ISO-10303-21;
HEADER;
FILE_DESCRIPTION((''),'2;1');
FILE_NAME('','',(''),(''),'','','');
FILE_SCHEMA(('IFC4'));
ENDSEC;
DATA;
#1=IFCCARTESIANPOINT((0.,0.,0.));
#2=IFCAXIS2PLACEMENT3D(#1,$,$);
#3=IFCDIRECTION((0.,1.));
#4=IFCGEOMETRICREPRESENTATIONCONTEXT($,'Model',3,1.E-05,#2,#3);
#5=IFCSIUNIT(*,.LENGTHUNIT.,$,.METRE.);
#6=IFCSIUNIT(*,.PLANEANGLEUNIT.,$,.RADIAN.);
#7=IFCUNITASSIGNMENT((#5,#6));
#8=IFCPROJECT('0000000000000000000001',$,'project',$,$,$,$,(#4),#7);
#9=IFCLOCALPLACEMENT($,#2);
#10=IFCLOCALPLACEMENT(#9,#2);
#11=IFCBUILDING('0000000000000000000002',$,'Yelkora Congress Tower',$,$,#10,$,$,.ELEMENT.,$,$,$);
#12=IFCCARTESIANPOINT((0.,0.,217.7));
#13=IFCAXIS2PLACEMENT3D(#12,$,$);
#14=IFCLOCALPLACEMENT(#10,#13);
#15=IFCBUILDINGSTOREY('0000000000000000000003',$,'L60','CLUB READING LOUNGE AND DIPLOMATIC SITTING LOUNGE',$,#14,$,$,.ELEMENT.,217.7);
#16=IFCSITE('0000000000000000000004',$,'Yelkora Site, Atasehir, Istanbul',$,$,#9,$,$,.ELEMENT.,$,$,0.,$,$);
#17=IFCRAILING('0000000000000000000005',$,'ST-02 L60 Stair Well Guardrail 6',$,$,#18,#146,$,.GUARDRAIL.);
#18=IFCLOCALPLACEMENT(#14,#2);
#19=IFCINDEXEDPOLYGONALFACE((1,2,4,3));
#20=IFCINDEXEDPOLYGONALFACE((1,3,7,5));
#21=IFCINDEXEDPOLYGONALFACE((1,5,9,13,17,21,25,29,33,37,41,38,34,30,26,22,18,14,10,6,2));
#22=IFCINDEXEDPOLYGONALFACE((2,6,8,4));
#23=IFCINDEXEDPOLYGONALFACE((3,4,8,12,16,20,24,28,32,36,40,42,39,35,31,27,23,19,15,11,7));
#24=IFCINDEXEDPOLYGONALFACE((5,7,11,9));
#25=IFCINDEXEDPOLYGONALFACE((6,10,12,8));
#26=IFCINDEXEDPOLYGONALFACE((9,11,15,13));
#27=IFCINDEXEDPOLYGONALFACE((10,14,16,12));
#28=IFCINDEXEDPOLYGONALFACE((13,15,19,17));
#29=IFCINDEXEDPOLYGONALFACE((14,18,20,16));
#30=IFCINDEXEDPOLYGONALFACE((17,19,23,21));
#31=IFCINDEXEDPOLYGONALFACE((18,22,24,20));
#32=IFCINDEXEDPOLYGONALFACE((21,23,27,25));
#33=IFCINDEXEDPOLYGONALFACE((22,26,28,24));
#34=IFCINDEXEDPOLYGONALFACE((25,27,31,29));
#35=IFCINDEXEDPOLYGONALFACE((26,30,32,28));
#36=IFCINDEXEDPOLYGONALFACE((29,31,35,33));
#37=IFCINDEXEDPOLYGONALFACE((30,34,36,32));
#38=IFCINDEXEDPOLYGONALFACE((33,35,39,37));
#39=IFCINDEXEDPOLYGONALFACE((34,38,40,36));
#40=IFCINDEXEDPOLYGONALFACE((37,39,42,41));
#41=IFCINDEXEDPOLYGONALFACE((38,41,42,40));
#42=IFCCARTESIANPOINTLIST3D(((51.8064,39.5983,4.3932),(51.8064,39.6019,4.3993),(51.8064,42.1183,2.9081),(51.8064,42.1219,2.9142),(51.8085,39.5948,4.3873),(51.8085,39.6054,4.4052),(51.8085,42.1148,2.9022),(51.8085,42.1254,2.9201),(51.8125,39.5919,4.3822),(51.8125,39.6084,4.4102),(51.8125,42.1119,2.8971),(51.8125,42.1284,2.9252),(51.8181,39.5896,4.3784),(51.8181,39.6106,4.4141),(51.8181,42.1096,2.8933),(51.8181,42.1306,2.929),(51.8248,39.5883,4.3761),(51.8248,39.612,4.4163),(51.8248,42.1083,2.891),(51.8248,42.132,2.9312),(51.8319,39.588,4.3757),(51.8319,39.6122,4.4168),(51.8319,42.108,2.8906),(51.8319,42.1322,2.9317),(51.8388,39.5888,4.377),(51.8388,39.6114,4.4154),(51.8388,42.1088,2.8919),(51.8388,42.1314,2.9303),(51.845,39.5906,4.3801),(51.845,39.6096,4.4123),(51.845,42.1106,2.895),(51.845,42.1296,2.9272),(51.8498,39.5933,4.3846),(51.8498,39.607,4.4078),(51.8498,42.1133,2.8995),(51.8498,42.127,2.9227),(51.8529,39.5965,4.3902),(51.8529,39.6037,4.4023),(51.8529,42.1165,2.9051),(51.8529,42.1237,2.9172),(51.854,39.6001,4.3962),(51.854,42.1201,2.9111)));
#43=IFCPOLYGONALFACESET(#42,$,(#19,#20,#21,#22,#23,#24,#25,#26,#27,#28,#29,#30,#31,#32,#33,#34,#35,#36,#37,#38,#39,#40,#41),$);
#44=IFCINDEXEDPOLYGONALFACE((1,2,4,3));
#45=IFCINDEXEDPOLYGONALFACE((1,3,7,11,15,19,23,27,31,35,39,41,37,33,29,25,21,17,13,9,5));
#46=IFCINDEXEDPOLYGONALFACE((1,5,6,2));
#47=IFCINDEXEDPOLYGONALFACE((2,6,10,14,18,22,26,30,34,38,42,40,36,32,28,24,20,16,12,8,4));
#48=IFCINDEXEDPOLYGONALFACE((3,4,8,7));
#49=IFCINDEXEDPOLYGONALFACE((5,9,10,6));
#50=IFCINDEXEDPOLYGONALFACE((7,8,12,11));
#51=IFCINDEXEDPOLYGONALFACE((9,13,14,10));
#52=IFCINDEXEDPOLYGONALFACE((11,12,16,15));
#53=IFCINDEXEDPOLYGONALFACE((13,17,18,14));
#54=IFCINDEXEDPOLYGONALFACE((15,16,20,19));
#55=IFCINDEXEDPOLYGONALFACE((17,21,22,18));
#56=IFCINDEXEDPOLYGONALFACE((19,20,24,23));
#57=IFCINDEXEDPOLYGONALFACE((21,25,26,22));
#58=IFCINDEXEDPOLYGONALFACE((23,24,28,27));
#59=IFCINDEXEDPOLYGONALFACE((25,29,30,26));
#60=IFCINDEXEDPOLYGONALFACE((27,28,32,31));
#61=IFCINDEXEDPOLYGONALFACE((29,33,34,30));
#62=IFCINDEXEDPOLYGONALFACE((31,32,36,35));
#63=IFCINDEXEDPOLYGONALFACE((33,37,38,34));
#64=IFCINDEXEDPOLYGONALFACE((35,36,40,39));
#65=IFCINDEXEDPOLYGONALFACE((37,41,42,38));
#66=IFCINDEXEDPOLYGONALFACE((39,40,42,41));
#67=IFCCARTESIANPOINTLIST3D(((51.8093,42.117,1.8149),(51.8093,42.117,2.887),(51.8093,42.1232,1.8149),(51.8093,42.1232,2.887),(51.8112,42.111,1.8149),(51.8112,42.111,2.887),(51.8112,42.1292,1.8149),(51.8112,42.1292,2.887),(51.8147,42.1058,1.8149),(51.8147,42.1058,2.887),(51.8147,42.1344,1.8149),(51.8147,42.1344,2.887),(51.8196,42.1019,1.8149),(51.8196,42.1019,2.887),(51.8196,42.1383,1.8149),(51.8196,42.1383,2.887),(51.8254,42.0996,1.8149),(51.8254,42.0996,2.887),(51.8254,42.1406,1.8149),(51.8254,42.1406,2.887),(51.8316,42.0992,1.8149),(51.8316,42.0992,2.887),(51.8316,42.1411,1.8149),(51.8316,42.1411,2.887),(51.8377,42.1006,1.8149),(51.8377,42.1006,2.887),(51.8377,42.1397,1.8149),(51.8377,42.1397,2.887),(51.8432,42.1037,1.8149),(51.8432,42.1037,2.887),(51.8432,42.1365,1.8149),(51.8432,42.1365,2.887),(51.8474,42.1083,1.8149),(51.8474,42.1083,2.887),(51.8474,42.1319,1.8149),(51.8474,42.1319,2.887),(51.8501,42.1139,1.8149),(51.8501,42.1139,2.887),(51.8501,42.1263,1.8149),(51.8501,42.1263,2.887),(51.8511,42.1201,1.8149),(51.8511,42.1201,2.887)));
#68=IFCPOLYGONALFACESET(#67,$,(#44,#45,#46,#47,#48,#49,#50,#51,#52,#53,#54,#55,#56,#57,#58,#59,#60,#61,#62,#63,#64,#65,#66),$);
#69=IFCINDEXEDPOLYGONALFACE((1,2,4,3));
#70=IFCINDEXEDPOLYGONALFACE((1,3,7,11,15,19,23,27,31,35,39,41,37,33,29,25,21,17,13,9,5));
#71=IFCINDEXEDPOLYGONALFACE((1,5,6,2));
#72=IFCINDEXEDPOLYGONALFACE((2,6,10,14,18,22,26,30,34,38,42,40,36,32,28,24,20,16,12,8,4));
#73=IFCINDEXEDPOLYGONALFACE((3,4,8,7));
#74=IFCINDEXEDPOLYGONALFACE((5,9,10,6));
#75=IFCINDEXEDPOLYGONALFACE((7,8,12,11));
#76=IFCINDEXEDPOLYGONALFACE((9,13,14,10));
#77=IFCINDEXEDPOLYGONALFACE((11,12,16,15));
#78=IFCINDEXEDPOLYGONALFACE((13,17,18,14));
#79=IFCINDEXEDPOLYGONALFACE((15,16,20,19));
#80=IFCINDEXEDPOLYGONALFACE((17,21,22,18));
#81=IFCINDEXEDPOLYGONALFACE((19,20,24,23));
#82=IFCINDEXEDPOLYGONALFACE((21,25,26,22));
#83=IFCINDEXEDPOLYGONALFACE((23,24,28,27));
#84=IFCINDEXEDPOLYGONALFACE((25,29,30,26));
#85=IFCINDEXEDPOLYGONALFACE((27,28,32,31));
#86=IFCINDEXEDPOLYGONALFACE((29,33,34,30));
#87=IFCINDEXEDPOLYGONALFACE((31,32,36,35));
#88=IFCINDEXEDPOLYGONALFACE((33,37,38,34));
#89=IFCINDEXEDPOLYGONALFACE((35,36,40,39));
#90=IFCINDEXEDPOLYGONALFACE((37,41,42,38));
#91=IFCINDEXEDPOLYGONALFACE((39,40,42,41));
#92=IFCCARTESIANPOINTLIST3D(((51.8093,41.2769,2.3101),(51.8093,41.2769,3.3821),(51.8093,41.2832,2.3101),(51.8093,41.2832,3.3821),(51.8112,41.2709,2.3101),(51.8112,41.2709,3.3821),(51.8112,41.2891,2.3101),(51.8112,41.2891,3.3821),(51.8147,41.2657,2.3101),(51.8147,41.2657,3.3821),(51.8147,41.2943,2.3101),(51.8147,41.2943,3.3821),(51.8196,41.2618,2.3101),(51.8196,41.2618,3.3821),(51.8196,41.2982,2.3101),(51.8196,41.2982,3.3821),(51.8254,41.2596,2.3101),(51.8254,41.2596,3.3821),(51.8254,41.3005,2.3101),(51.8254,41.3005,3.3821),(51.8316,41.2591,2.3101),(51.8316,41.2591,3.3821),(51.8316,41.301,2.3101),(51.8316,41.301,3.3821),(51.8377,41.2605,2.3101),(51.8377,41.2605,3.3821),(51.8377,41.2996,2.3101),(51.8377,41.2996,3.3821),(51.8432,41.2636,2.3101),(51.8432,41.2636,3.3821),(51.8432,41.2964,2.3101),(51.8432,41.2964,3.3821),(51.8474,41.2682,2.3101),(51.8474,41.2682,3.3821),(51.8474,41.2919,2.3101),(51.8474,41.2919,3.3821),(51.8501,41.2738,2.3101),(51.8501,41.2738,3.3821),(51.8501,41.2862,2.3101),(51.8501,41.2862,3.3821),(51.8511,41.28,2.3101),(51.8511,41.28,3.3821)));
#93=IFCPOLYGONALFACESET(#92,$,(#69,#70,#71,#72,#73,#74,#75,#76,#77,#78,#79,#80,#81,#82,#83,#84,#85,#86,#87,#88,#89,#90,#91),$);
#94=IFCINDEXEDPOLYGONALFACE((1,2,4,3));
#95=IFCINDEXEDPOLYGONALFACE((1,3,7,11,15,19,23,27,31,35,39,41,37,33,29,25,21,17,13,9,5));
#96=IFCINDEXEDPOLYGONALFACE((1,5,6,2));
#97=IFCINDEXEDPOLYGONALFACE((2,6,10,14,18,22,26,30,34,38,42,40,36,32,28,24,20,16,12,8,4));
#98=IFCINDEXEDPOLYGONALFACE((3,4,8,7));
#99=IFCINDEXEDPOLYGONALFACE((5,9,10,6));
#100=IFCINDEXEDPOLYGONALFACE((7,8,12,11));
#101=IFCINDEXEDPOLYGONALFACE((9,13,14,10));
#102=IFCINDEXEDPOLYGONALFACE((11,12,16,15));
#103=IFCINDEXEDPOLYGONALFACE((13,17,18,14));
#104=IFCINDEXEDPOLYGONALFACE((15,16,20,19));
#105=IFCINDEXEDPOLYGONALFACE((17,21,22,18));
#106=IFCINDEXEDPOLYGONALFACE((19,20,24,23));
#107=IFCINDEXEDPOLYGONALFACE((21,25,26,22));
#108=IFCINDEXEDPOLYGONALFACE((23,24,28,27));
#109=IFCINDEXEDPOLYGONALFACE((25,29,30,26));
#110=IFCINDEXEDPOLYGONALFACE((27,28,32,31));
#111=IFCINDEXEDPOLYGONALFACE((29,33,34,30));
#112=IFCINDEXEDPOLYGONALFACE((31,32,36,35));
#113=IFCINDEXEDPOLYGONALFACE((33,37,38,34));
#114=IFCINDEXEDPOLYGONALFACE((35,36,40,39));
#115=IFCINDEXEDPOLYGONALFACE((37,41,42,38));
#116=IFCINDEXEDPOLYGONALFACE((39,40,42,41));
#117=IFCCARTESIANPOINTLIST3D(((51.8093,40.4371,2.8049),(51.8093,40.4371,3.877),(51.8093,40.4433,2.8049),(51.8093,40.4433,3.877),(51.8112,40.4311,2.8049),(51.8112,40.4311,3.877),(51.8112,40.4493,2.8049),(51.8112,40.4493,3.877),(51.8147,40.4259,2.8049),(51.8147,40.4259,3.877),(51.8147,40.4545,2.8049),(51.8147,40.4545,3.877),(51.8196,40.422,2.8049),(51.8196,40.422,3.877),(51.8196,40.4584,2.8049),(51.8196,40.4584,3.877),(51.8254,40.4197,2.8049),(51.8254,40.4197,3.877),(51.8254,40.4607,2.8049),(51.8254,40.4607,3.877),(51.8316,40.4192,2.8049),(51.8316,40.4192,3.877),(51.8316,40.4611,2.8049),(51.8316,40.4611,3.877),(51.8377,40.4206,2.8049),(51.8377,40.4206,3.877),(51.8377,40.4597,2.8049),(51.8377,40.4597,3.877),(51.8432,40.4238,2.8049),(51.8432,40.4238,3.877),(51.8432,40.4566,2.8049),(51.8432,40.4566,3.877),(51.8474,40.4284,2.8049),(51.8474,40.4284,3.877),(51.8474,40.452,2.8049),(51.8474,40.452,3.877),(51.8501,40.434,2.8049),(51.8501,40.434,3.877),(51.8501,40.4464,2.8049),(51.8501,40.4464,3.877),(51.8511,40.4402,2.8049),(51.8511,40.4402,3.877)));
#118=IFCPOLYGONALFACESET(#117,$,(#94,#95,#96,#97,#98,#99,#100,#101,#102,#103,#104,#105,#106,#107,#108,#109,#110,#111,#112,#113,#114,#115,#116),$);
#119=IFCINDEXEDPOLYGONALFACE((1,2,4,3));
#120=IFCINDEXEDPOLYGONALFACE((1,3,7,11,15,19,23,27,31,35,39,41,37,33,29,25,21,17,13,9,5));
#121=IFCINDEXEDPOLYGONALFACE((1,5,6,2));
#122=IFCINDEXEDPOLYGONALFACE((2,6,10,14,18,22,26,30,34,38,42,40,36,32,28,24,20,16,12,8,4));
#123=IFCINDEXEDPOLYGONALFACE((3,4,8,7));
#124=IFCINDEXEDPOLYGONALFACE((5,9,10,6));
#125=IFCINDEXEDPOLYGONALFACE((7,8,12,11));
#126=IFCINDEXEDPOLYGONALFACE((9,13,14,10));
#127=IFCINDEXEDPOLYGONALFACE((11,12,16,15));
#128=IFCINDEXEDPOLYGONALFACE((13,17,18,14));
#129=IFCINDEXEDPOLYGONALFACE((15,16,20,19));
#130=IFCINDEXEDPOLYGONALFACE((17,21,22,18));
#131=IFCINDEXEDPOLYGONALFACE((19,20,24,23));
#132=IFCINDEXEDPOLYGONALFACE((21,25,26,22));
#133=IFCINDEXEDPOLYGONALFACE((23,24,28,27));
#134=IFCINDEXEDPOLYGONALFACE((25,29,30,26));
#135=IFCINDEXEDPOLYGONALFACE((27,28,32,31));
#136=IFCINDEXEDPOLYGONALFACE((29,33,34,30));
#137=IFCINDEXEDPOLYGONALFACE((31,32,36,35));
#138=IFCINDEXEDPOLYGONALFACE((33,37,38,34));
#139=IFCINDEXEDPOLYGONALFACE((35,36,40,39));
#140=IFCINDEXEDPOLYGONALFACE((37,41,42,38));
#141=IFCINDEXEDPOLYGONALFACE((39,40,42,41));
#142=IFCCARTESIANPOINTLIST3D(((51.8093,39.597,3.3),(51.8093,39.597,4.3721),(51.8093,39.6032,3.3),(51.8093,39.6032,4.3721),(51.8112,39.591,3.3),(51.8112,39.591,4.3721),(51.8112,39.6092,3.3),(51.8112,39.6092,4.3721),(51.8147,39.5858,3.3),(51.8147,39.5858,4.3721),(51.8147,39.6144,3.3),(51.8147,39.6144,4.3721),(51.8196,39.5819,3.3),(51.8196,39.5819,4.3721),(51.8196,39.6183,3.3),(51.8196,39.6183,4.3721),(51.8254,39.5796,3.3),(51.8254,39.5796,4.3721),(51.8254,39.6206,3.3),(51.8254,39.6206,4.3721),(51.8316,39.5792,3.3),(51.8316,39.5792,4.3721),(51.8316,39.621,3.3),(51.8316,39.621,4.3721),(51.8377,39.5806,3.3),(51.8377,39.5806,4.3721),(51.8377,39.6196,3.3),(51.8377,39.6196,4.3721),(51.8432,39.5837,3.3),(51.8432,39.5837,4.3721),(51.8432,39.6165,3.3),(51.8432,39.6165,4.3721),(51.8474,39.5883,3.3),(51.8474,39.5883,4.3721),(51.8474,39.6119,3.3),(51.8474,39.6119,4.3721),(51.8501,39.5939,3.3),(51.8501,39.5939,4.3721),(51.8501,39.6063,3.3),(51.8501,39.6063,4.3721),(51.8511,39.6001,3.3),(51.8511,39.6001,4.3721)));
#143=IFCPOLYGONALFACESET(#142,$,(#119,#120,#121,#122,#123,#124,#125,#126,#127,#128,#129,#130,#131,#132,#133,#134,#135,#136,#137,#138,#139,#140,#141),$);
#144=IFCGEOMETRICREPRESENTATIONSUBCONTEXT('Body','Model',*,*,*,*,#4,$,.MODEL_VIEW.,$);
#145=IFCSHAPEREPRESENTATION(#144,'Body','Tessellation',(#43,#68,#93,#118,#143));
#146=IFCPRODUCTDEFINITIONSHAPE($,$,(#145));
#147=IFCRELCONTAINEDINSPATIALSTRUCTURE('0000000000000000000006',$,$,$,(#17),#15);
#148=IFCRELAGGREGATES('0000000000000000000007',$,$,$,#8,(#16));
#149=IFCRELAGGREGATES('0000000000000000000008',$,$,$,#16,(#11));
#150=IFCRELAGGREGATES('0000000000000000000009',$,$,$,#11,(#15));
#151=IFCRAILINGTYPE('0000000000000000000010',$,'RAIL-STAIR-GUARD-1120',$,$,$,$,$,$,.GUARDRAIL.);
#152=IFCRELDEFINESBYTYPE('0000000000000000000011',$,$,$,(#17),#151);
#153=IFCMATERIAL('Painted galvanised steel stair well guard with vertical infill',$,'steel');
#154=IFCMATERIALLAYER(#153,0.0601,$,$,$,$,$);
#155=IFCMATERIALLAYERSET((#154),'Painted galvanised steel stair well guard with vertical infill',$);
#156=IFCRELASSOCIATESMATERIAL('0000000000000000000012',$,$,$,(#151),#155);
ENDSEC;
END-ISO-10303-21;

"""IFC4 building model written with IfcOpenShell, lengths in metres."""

from ifc_helpers import new_model, si_unit, direction, frame, origin, origin_2d, place, context, subcontext, project, spatial, circle, extrude, material, layer, layer_set, type_object, element, save


model = new_model("IFC4")

# Units and contexts
model_context = context("Model", 3, precision=1e-05, world=origin(), true_north=direction((0.0, 1.0)))
body_context = subcontext(model_context, "Body", "Model", "MODEL_VIEW")
ifc_project = project(units=[si_unit("LENGTHUNIT", "METRE"), si_unit("PLANEANGLEUNIT", "RADIAN")], contexts=[model_context])

# Site, building, storey
site_placement = place(None, origin())
site = spatial("IfcSite", under=ifc_project, at=site_placement, Name="Yelkora Site, Atasehir, Istanbul", CompositionType="ELEMENT", RefElevation=0.0)
building_placement = place(site_placement, origin())
building = spatial("IfcBuilding", under=site, at=building_placement, Name="Yelkora Congress Tower", CompositionType="ELEMENT")
storey_placement = place(building_placement, frame((0.0, 0.0, 217.7)))
storey = spatial("IfcBuildingStorey", under=building, at=storey_placement, Name="L60", Description="CLUB READING LOUNGE AND DIPLOMATIC SITTING LOUNGE", CompositionType="ELEMENT", Elevation=217.7)

# Railing
ifc_material_1 = material(Name="Painted galvanised steel stair well guard with vertical infill", Category="steel")
ifc_layer_1 = layer(ifc_material_1, 0.0601)
ifc_layer_set_1 = layer_set([ifc_layer_1], Name="Painted galvanised steel stair well guard with vertical infill")
railing_type_1 = type_object("IfcRailingType", Name="RAIL-STAIR-GUARD-1120", PredefinedType="GUARDRAIL", material=ifc_layer_set_1)
railing_1_placement = place(storey_placement, frame((51.8301, 42.1201, 1.8149)))
element("IfcRailing", 1, at=railing_1_placement, inside=storey, type_object=railing_type_1, Name="ST-02 L60 Stair Well Guardrail 6", PredefinedType="GUARDRAIL", context=body_context, shape_type="SweptSolid", body=[
    extrude(circle(Radius=0.0239, at=origin_2d()), frame((0.0, 0.0, 1.0962), z_axis=(0.0, -0.861524, 0.507717), x_axis=(1.0, 0.0, 0.0)), (0.0, 0.0, 1.0), 2.925),
    extrude(circle(Radius=0.021, at=origin_2d()), origin(), (0.0, 0.0, 1.0), 1.072),
    extrude(circle(Radius=0.021, at=origin_2d()), frame((0.0, -0.8401, 0.4951)), (0.0, 0.0, 1.0), 1.072),
    extrude(circle(Radius=0.021, at=origin_2d()), frame((0.0, -1.6799, 0.99)), (0.0, 0.0, 1.0), 1.072),
    extrude(circle(Radius=0.021, at=origin_2d()), frame((0.0, -2.52, 1.4851)), (0.0, 0.0, 1.0), 1.072),
])

save(model, "model.ifc")
